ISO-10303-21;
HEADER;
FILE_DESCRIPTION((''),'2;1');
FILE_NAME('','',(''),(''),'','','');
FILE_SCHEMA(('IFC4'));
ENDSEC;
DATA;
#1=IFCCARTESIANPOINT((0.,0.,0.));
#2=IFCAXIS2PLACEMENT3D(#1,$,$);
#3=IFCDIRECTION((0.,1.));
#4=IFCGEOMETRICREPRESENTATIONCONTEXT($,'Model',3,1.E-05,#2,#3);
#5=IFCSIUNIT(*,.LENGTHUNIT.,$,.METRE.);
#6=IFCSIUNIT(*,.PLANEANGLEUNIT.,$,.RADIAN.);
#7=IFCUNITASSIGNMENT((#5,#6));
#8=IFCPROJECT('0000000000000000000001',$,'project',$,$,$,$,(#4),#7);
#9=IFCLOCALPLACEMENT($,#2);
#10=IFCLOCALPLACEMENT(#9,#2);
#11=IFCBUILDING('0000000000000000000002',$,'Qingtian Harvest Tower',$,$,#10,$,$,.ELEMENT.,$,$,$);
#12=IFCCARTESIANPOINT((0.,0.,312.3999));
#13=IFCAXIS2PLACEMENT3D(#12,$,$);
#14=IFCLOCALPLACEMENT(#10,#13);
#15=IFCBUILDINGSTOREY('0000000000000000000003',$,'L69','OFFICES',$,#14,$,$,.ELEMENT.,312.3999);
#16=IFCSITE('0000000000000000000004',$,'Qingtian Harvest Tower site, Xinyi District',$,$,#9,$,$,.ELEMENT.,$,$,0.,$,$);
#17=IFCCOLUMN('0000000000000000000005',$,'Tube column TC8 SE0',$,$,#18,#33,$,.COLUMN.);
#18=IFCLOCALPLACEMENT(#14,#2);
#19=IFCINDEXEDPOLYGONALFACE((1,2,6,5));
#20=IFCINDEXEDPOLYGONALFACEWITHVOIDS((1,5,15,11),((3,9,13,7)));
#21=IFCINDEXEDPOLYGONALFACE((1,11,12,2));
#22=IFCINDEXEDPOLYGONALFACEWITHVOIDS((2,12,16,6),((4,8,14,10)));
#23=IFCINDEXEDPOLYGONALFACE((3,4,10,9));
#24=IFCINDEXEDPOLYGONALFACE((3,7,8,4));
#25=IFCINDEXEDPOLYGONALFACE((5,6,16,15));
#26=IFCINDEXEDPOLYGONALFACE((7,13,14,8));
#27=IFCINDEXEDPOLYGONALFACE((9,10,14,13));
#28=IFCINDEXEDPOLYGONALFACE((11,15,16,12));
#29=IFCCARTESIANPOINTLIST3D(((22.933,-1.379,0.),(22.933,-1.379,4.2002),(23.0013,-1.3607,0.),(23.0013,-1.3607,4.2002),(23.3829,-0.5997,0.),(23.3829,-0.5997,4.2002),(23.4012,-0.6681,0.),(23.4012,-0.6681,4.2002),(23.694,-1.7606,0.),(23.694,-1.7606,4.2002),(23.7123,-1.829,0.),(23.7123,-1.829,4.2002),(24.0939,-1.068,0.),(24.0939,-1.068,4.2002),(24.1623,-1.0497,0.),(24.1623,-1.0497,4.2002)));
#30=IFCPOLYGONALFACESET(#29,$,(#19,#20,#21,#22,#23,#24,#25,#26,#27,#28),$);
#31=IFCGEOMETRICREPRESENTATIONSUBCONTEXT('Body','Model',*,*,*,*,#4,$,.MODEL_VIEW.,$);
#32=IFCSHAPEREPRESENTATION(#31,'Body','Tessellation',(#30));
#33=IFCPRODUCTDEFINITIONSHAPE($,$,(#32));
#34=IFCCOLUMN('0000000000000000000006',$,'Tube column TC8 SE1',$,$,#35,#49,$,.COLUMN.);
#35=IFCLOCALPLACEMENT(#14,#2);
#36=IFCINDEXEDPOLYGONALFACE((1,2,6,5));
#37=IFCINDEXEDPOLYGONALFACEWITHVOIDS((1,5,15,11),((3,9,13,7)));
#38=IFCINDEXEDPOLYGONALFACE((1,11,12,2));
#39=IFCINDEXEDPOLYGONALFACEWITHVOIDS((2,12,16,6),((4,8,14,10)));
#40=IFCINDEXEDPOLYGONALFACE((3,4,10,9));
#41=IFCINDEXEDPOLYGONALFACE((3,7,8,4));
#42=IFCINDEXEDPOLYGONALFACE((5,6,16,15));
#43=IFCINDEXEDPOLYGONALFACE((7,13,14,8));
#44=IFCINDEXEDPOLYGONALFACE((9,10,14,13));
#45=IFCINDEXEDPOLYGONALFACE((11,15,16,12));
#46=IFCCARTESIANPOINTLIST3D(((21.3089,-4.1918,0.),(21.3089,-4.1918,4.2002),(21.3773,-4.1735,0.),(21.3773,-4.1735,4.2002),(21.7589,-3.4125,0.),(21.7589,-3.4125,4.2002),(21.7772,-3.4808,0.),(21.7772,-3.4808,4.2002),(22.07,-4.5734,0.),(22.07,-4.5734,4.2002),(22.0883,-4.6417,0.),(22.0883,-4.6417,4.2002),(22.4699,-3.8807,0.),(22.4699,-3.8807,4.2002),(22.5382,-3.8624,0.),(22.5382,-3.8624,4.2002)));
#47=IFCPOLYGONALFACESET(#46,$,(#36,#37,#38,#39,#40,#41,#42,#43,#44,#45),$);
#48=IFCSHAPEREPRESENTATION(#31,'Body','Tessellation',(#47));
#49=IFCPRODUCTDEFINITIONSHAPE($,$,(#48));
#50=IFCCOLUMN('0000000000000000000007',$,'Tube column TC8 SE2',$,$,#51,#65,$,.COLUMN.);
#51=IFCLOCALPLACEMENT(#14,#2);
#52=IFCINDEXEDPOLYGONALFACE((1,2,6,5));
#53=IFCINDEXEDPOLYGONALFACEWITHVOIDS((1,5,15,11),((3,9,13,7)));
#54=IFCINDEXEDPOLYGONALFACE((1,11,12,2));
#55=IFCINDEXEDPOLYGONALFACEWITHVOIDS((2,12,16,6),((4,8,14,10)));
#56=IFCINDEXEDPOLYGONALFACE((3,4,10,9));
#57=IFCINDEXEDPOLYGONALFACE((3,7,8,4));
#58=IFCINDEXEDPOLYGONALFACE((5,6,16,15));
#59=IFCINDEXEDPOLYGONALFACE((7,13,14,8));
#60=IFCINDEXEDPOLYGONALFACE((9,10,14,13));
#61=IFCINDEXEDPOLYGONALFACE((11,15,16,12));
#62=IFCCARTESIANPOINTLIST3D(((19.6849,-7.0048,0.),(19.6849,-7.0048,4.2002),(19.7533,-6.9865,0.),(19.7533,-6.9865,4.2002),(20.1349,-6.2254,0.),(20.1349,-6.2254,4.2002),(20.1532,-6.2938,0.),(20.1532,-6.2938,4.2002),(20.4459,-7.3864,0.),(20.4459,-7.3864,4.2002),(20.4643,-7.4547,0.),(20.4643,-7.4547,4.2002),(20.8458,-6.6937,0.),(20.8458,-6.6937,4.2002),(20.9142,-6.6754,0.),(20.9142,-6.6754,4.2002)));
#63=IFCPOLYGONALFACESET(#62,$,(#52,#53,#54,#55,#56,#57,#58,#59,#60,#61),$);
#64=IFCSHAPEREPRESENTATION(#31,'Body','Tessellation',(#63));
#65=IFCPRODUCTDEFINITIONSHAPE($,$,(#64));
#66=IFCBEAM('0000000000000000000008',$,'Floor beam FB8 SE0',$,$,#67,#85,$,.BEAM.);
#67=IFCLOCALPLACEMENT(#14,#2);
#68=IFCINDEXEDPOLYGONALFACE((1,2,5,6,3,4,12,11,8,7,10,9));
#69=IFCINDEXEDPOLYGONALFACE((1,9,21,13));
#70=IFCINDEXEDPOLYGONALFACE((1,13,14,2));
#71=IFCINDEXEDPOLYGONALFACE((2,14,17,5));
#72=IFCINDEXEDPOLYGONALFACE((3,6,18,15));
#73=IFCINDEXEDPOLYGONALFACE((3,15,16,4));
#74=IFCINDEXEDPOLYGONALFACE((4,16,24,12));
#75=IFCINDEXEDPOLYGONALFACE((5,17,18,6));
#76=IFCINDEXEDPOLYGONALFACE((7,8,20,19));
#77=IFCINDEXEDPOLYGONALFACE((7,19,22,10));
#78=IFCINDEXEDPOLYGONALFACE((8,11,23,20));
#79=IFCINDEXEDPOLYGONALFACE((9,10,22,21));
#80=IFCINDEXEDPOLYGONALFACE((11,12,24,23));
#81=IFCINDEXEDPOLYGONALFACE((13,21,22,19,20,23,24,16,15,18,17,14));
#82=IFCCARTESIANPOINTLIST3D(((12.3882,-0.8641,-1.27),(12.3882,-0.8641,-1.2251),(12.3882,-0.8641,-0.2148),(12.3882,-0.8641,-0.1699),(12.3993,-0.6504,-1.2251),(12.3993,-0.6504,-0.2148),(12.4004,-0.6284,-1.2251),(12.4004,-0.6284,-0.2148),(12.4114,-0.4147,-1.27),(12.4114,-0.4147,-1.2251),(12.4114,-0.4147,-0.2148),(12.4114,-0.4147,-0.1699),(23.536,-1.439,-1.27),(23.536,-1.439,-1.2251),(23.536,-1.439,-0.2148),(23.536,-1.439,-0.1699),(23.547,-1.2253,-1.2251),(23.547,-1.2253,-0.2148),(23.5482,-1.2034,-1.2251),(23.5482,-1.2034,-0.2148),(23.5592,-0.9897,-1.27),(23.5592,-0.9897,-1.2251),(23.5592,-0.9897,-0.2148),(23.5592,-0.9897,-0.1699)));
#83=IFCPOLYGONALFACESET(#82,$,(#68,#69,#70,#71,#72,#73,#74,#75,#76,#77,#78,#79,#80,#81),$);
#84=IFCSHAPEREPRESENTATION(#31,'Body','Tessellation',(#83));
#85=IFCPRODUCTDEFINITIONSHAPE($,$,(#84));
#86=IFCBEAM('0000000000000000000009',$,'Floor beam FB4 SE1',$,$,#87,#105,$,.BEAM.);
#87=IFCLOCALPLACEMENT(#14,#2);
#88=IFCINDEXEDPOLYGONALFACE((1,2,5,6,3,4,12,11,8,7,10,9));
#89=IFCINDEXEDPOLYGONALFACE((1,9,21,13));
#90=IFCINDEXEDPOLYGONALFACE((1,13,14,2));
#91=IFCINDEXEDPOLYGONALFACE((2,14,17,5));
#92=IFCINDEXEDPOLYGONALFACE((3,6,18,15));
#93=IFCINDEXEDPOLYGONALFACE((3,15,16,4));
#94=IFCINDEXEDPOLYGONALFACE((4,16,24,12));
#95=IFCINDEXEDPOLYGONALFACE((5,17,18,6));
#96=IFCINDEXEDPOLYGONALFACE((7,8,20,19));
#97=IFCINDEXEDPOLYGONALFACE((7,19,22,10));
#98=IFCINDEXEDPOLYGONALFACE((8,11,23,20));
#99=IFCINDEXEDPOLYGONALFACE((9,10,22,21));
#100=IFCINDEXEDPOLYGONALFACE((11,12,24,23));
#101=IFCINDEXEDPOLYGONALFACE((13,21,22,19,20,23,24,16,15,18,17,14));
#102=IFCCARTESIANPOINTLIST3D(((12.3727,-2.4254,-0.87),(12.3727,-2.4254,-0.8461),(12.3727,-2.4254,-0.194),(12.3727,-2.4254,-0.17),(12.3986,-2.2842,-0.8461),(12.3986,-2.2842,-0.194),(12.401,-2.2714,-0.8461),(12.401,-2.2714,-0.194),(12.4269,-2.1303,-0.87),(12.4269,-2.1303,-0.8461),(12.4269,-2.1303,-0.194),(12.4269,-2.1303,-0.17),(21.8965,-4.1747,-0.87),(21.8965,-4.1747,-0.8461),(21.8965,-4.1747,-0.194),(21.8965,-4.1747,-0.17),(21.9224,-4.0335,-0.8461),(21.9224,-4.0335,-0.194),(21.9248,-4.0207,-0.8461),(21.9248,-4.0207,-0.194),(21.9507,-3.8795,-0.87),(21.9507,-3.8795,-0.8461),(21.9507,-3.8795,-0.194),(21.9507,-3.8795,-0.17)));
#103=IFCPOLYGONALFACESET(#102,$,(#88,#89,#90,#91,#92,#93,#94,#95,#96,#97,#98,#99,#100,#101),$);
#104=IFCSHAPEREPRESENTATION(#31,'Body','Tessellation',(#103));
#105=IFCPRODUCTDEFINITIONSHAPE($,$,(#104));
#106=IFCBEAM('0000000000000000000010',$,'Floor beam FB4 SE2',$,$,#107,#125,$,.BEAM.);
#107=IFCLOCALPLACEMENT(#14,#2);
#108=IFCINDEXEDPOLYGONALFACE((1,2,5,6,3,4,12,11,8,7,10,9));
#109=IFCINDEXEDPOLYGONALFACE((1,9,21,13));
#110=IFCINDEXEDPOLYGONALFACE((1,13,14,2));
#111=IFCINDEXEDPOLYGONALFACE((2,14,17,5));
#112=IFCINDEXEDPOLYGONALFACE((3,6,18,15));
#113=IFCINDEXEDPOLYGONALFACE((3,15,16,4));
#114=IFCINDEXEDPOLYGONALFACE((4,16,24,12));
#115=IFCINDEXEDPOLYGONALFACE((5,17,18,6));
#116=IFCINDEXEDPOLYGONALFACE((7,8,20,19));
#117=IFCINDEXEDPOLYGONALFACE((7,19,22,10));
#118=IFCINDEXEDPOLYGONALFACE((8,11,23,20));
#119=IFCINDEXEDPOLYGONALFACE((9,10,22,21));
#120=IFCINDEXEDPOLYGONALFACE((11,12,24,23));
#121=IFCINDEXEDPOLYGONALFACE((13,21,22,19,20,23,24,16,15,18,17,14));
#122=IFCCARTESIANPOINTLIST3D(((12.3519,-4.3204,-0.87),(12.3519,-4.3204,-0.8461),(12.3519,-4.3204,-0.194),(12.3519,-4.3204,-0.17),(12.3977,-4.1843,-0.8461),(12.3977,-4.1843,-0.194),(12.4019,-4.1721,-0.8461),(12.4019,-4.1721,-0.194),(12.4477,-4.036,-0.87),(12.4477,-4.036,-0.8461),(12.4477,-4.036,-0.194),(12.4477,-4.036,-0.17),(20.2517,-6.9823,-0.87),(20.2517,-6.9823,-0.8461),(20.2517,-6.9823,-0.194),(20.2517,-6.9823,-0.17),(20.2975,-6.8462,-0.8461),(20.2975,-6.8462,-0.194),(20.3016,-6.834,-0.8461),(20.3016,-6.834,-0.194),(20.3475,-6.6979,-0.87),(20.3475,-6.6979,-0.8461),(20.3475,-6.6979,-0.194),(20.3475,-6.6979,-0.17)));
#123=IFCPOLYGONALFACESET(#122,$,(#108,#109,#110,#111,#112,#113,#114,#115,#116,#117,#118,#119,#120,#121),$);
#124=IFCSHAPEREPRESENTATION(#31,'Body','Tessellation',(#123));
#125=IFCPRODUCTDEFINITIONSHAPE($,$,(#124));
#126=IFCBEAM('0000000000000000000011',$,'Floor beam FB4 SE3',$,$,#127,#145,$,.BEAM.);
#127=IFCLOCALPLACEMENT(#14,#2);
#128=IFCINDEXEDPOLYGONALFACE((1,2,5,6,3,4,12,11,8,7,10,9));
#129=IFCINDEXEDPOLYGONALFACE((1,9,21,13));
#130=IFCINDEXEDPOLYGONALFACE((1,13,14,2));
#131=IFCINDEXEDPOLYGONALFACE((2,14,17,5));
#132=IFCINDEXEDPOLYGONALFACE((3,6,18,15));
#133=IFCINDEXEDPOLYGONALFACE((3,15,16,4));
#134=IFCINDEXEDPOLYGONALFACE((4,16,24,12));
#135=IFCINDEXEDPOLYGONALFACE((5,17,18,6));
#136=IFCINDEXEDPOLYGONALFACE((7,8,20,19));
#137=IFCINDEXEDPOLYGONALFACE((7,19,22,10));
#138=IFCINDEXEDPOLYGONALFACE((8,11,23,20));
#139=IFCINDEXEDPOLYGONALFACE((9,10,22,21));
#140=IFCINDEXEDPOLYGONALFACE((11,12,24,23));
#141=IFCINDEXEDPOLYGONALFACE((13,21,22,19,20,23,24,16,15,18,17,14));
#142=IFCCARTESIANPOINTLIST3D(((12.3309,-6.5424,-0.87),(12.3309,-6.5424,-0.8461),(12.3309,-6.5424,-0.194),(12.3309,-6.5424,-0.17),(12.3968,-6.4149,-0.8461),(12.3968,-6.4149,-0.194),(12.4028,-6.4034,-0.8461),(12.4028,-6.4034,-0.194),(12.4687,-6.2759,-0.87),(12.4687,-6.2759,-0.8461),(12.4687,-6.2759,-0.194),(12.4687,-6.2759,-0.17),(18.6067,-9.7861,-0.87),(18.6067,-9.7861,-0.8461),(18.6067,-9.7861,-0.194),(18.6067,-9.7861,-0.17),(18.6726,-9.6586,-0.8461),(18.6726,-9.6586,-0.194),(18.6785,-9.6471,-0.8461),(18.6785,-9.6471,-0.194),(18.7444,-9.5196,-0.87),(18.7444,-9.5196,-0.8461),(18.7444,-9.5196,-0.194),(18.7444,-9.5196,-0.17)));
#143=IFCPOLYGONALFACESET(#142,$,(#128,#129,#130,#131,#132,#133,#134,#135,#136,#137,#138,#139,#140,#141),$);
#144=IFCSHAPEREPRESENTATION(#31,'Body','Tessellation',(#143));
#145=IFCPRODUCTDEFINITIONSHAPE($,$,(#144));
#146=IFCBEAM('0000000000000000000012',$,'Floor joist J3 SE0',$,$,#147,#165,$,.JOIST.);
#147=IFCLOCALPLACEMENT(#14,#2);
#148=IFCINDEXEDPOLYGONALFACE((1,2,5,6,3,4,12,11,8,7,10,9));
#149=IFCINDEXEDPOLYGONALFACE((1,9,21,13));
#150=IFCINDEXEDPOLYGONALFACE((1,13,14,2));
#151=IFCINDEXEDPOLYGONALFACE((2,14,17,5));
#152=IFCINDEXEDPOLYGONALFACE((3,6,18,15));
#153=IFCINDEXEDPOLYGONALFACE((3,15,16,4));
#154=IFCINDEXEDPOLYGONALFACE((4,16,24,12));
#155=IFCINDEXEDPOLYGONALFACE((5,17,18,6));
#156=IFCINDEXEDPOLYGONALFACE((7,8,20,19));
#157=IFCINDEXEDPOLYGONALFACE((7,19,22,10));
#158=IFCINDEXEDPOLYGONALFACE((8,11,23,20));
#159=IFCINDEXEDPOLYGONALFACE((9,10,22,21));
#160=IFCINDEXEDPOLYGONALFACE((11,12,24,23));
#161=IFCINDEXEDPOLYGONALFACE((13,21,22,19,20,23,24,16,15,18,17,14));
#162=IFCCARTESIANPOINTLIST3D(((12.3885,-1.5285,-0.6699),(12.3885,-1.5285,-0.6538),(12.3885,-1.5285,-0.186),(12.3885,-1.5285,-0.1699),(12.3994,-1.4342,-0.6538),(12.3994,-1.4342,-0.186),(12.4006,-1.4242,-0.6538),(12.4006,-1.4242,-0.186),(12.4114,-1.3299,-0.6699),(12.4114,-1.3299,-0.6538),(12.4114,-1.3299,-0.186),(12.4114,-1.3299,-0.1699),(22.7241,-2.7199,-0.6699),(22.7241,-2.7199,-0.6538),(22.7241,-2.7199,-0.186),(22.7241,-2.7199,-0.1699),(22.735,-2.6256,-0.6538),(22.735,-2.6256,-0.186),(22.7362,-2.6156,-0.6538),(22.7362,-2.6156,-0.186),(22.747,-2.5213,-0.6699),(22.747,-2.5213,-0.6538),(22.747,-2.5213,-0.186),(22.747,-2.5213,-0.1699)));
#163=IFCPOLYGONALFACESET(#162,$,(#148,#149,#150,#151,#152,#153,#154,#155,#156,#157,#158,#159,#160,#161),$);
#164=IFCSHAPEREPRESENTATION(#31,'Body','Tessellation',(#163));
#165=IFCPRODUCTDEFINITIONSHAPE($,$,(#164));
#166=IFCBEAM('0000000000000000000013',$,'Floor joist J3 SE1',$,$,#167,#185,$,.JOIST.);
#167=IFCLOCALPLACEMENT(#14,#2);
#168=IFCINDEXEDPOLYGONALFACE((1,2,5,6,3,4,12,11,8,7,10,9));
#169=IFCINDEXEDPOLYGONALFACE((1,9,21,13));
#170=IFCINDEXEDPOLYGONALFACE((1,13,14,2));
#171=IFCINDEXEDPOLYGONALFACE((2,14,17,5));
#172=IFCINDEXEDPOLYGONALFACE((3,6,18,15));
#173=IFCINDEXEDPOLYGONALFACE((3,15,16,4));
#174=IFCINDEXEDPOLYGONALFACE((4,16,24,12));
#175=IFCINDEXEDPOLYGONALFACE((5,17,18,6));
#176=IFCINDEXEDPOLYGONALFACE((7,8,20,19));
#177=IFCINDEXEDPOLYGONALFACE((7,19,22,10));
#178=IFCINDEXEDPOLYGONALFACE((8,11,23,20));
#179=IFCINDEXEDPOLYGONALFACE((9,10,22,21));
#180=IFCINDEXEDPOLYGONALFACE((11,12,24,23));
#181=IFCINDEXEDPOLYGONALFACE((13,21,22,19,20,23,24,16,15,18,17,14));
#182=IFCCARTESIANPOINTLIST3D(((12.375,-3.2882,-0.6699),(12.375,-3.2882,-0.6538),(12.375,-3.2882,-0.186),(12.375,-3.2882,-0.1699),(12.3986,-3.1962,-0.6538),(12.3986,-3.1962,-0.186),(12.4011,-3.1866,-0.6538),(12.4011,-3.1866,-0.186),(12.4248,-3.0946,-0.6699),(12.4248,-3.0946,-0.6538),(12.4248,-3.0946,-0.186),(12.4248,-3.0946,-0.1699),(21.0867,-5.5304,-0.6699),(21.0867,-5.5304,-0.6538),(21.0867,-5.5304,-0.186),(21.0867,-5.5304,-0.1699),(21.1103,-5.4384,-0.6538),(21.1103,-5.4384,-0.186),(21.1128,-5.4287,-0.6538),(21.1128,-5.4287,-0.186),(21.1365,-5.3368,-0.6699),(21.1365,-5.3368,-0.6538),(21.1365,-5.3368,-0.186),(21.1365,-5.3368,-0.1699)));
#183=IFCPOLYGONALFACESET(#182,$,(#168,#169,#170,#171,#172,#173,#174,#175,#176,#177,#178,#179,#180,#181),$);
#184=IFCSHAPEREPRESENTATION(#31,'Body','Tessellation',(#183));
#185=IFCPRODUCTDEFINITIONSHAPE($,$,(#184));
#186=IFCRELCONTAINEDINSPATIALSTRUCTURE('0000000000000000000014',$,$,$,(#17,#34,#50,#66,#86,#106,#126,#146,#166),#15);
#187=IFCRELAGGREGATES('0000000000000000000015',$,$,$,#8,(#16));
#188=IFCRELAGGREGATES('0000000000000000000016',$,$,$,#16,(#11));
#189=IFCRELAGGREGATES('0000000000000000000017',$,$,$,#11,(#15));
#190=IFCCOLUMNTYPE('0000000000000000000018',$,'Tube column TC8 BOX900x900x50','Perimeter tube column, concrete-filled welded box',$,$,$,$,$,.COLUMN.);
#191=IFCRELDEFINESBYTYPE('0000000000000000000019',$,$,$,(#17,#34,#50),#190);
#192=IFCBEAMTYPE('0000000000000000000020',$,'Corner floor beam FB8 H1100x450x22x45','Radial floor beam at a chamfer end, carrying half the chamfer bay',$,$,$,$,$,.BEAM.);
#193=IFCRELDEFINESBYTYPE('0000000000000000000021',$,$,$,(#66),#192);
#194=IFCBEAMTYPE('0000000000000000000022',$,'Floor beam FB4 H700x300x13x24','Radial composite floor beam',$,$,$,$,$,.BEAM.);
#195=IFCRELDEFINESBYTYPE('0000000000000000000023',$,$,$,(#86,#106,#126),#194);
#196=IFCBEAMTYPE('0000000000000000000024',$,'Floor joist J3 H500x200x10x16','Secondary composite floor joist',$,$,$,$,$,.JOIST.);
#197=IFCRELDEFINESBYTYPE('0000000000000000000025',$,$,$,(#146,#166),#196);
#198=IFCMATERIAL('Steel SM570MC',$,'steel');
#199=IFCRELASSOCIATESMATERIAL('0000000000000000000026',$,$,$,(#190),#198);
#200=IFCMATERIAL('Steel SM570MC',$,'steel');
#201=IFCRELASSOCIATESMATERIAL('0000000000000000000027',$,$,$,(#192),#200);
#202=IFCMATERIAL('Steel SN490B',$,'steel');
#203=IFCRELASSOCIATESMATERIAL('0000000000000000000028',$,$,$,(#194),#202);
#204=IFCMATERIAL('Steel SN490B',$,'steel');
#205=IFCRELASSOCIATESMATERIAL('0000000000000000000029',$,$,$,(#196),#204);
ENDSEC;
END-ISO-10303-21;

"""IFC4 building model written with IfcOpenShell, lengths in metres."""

from ifc_helpers import new_model, si_unit, direction, frame, origin, origin_2d, place, context, subcontext, project, spatial, hollow_rectangle, i_section, extrude, material, material_profile, profile_set, type_object, element, save


model = new_model("IFC4")

# Units and contexts
model_context = context("Model", 3, precision=1e-05, world=origin(), true_north=direction((0.0, 1.0)))
body_context = subcontext(model_context, "Body", "Model", "MODEL_VIEW")
ifc_project = project(units=[si_unit("LENGTHUNIT", "METRE"), si_unit("PLANEANGLEUNIT", "RADIAN")], contexts=[model_context])

# Site, building, storey
site_placement = place(None, origin())
site = spatial("IfcSite", under=ifc_project, at=site_placement, Name="Qingtian Harvest Tower site, Xinyi District", CompositionType="ELEMENT", RefElevation=0.0)
building_placement = place(site_placement, origin())
building = spatial("IfcBuilding", under=site, at=building_placement, Name="Qingtian Harvest Tower", CompositionType="ELEMENT")
storey_placement = place(building_placement, frame((0.0, 0.0, 312.3999)))
storey = spatial("IfcBuildingStorey", under=building, at=storey_placement, Name="L69", Description="OFFICES", CompositionType="ELEMENT", Elevation=312.3999)

# Columns
ifc_material_1 = material(Name="Steel SM570MC", Category="steel")
ifc_material_profile_1 = material_profile(ifc_material_1, hollow_rectangle(XDim=0.8999, YDim=0.8999, WallThickness=0.05, at=origin_2d()), Name="BOX900x900x50")
ifc_profile_set_1 = profile_set([ifc_material_profile_1], Name="Steel SM570MC")
column_type = type_object("IfcColumnType", Name="Tube column TC8 BOX900x900x50", Description="Perimeter tube column, concrete-filled welded box", PredefinedType="COLUMN", material=ifc_profile_set_1)
for number, where, z_axis, x_axis, name in (
    (1, (23.5476, -1.2144, 0.0), (0.0, 0.0, 1.0), (0.5, 0.866025, 0.0), "Tube column TC8 SE0"),
    (2, (21.9236, -4.0271, 0.0), (0.0, 0.0, 1.0), (0.5, 0.866025, 0.0), "Tube column TC8 SE1"),
    (3, (20.2996, -6.8401, 0.0), (0.0, 0.0, 1.0), (0.5, 0.866025, 0.0), "Tube column TC8 SE2"),
):
    element("IfcColumn", number, at=place(storey_placement, frame(where, z_axis=z_axis, x_axis=x_axis)), inside=storey, type_object=column_type, Name=name, PredefinedType="COLUMN", context=body_context, shape_type="SweptSolid", body=[
        extrude(hollow_rectangle(XDim=0.8999, YDim=0.8999, WallThickness=0.05, at=origin_2d()), origin(), (0.0, 0.0, 1.0), 4.2002),
    ])

# Beams
ifc_material_2 = material(Name="Steel SM570MC", Category="steel")
ifc_material_profile_2 = material_profile(ifc_material_2, i_section(OverallWidth=0.45, OverallDepth=1.1001, WebThickness=0.022, FlangeThickness=0.0449, at=origin_2d()), Name="H1100x450x22x45")
ifc_profile_set_2 = profile_set([ifc_material_profile_2], Name="Steel SM570MC")
beam_type_1 = type_object("IfcBeamType", Name="Corner floor beam FB8 H1100x450x22x45", Description="Radial floor beam at a chamfer end, carrying half the chamfer bay", PredefinedType="BEAM", material=ifc_profile_set_2)
beam_1_placement = place(storey_placement, frame((23.5476, -1.2144, -0.72), z_axis=(-0.998673, 0.051507, 0.0), x_axis=(-0.051507, -0.998673, 0.0)))
element("IfcBeam", 4, at=beam_1_placement, inside=storey, type_object=beam_type_1, Name="Floor beam FB8 SE0", PredefinedType="BEAM", context=body_context, shape_type="SweptSolid", body=[
    extrude(i_section(OverallWidth=0.45, OverallDepth=1.1001, WebThickness=0.022, FlangeThickness=0.0449, at=origin_2d()), origin(), (0.0, 0.0, 1.0), 11.1626),
])
ifc_material_3 = material(Name="Steel SN490B", Category="steel")
ifc_material_profile_3 = material_profile(ifc_material_3, i_section(OverallWidth=0.3, OverallDepth=0.7, WebThickness=0.0129, FlangeThickness=0.0239, at=origin_2d()), Name="H700x300x13x24")
ifc_profile_set_3 = profile_set([ifc_material_profile_3], Name="Steel SN490B")
beam_type_2 = type_object("IfcBeamType", Name="Floor beam FB4 H700x300x13x24", Description="Radial composite floor beam", PredefinedType="BEAM", material=ifc_profile_set_3)
beam_2_placement = place(storey_placement, frame((21.9236, -4.0271, -0.52), z_axis=(-0.983547, 0.180654, 0.0), x_axis=(-0.180654, -0.983547, 0.0)))
element("IfcBeam", 5, at=beam_2_placement, inside=storey, type_object=beam_type_2, Name="Floor beam FB4 SE1", PredefinedType="BEAM", context=body_context, shape_type="SweptSolid", body=[
    extrude(i_section(OverallWidth=0.3, OverallDepth=0.7, WebThickness=0.0129, FlangeThickness=0.0239, at=origin_2d()), origin(), (0.0, 0.0, 1.0), 9.6831),
])
beam_3_placement = place(storey_placement, frame((20.2996, -6.8401, -0.52), z_axis=(-0.947647, 0.319319, 0.0), x_axis=(-0.319319, -0.947647, 0.0)))
element("IfcBeam", 6, at=beam_3_placement, inside=storey, type_object=beam_type_2, Name="Floor beam FB4 SE2", PredefinedType="BEAM", context=body_context, shape_type="SweptSolid", body=[
    extrude(i_section(OverallWidth=0.3, OverallDepth=0.7, WebThickness=0.0129, FlangeThickness=0.0239, at=origin_2d()), origin(), (0.0, 0.0, 1.0), 8.3362),
])
beam_4_placement = place(storey_placement, frame((18.6755, -9.6528, -0.52), z_axis=(-0.888354, 0.459159, 0.0), x_axis=(-0.459159, -0.888354, 0.0)))
element("IfcBeam", 7, at=beam_4_placement, inside=storey, type_object=beam_type_2, Name="Floor beam FB4 SE3", PredefinedType="BEAM", context=body_context, shape_type="SweptSolid", body=[
    extrude(i_section(OverallWidth=0.3, OverallDepth=0.7, WebThickness=0.0129, FlangeThickness=0.0239, at=origin_2d()), origin(), (0.0, 0.0, 1.0), 7.0645),
])
ifc_material_4 = material(Name="Steel SN490B", Category="steel")
ifc_material_profile_4 = material_profile(ifc_material_4, i_section(OverallWidth=0.2, OverallDepth=0.5, WebThickness=0.01, FlangeThickness=0.0161, at=origin_2d()), Name="H500x200x10x16")
ifc_profile_set_4 = profile_set([ifc_material_profile_4], Name="Steel SN490B")
beam_type_3 = type_object("IfcBeamType", Name="Floor joist J3 H500x200x10x16", Description="Secondary composite floor joist", PredefinedType="JOIST", material=ifc_profile_set_4)
beam_5_placement = place(storey_placement, frame((22.7356, -2.6206, -0.4199), z_axis=(-0.993422, 0.114513, 0.0), x_axis=(-0.114513, -0.993422, 0.0)))
element("IfcBeam", 8, at=beam_5_placement, inside=storey, type_object=beam_type_3, Name="Floor joist J3 SE0", PredefinedType="JOIST", context=body_context, shape_type="SweptSolid", body=[
    extrude(i_section(OverallWidth=0.2, OverallDepth=0.5, WebThickness=0.01, FlangeThickness=0.0161, at=origin_2d()), origin(), (0.0, 0.0, 1.0), 10.4041),
])
beam_6_placement = place(storey_placement, frame((21.1116, -5.4336, -0.4199), z_axis=(-0.968438, 0.249254, 0.0), x_axis=(-0.249254, -0.968438, 0.0)))
element("IfcBeam", 9, at=beam_6_placement, inside=storey, type_object=beam_type_3, Name="Floor joist J3 SE1", PredefinedType="JOIST", context=body_context, shape_type="SweptSolid", body=[
    extrude(i_section(OverallWidth=0.2, OverallDepth=0.5, WebThickness=0.01, FlangeThickness=0.0161, at=origin_2d()), origin(), (0.0, 0.0, 1.0), 8.9956),
])

save(model, "model.ifc")
